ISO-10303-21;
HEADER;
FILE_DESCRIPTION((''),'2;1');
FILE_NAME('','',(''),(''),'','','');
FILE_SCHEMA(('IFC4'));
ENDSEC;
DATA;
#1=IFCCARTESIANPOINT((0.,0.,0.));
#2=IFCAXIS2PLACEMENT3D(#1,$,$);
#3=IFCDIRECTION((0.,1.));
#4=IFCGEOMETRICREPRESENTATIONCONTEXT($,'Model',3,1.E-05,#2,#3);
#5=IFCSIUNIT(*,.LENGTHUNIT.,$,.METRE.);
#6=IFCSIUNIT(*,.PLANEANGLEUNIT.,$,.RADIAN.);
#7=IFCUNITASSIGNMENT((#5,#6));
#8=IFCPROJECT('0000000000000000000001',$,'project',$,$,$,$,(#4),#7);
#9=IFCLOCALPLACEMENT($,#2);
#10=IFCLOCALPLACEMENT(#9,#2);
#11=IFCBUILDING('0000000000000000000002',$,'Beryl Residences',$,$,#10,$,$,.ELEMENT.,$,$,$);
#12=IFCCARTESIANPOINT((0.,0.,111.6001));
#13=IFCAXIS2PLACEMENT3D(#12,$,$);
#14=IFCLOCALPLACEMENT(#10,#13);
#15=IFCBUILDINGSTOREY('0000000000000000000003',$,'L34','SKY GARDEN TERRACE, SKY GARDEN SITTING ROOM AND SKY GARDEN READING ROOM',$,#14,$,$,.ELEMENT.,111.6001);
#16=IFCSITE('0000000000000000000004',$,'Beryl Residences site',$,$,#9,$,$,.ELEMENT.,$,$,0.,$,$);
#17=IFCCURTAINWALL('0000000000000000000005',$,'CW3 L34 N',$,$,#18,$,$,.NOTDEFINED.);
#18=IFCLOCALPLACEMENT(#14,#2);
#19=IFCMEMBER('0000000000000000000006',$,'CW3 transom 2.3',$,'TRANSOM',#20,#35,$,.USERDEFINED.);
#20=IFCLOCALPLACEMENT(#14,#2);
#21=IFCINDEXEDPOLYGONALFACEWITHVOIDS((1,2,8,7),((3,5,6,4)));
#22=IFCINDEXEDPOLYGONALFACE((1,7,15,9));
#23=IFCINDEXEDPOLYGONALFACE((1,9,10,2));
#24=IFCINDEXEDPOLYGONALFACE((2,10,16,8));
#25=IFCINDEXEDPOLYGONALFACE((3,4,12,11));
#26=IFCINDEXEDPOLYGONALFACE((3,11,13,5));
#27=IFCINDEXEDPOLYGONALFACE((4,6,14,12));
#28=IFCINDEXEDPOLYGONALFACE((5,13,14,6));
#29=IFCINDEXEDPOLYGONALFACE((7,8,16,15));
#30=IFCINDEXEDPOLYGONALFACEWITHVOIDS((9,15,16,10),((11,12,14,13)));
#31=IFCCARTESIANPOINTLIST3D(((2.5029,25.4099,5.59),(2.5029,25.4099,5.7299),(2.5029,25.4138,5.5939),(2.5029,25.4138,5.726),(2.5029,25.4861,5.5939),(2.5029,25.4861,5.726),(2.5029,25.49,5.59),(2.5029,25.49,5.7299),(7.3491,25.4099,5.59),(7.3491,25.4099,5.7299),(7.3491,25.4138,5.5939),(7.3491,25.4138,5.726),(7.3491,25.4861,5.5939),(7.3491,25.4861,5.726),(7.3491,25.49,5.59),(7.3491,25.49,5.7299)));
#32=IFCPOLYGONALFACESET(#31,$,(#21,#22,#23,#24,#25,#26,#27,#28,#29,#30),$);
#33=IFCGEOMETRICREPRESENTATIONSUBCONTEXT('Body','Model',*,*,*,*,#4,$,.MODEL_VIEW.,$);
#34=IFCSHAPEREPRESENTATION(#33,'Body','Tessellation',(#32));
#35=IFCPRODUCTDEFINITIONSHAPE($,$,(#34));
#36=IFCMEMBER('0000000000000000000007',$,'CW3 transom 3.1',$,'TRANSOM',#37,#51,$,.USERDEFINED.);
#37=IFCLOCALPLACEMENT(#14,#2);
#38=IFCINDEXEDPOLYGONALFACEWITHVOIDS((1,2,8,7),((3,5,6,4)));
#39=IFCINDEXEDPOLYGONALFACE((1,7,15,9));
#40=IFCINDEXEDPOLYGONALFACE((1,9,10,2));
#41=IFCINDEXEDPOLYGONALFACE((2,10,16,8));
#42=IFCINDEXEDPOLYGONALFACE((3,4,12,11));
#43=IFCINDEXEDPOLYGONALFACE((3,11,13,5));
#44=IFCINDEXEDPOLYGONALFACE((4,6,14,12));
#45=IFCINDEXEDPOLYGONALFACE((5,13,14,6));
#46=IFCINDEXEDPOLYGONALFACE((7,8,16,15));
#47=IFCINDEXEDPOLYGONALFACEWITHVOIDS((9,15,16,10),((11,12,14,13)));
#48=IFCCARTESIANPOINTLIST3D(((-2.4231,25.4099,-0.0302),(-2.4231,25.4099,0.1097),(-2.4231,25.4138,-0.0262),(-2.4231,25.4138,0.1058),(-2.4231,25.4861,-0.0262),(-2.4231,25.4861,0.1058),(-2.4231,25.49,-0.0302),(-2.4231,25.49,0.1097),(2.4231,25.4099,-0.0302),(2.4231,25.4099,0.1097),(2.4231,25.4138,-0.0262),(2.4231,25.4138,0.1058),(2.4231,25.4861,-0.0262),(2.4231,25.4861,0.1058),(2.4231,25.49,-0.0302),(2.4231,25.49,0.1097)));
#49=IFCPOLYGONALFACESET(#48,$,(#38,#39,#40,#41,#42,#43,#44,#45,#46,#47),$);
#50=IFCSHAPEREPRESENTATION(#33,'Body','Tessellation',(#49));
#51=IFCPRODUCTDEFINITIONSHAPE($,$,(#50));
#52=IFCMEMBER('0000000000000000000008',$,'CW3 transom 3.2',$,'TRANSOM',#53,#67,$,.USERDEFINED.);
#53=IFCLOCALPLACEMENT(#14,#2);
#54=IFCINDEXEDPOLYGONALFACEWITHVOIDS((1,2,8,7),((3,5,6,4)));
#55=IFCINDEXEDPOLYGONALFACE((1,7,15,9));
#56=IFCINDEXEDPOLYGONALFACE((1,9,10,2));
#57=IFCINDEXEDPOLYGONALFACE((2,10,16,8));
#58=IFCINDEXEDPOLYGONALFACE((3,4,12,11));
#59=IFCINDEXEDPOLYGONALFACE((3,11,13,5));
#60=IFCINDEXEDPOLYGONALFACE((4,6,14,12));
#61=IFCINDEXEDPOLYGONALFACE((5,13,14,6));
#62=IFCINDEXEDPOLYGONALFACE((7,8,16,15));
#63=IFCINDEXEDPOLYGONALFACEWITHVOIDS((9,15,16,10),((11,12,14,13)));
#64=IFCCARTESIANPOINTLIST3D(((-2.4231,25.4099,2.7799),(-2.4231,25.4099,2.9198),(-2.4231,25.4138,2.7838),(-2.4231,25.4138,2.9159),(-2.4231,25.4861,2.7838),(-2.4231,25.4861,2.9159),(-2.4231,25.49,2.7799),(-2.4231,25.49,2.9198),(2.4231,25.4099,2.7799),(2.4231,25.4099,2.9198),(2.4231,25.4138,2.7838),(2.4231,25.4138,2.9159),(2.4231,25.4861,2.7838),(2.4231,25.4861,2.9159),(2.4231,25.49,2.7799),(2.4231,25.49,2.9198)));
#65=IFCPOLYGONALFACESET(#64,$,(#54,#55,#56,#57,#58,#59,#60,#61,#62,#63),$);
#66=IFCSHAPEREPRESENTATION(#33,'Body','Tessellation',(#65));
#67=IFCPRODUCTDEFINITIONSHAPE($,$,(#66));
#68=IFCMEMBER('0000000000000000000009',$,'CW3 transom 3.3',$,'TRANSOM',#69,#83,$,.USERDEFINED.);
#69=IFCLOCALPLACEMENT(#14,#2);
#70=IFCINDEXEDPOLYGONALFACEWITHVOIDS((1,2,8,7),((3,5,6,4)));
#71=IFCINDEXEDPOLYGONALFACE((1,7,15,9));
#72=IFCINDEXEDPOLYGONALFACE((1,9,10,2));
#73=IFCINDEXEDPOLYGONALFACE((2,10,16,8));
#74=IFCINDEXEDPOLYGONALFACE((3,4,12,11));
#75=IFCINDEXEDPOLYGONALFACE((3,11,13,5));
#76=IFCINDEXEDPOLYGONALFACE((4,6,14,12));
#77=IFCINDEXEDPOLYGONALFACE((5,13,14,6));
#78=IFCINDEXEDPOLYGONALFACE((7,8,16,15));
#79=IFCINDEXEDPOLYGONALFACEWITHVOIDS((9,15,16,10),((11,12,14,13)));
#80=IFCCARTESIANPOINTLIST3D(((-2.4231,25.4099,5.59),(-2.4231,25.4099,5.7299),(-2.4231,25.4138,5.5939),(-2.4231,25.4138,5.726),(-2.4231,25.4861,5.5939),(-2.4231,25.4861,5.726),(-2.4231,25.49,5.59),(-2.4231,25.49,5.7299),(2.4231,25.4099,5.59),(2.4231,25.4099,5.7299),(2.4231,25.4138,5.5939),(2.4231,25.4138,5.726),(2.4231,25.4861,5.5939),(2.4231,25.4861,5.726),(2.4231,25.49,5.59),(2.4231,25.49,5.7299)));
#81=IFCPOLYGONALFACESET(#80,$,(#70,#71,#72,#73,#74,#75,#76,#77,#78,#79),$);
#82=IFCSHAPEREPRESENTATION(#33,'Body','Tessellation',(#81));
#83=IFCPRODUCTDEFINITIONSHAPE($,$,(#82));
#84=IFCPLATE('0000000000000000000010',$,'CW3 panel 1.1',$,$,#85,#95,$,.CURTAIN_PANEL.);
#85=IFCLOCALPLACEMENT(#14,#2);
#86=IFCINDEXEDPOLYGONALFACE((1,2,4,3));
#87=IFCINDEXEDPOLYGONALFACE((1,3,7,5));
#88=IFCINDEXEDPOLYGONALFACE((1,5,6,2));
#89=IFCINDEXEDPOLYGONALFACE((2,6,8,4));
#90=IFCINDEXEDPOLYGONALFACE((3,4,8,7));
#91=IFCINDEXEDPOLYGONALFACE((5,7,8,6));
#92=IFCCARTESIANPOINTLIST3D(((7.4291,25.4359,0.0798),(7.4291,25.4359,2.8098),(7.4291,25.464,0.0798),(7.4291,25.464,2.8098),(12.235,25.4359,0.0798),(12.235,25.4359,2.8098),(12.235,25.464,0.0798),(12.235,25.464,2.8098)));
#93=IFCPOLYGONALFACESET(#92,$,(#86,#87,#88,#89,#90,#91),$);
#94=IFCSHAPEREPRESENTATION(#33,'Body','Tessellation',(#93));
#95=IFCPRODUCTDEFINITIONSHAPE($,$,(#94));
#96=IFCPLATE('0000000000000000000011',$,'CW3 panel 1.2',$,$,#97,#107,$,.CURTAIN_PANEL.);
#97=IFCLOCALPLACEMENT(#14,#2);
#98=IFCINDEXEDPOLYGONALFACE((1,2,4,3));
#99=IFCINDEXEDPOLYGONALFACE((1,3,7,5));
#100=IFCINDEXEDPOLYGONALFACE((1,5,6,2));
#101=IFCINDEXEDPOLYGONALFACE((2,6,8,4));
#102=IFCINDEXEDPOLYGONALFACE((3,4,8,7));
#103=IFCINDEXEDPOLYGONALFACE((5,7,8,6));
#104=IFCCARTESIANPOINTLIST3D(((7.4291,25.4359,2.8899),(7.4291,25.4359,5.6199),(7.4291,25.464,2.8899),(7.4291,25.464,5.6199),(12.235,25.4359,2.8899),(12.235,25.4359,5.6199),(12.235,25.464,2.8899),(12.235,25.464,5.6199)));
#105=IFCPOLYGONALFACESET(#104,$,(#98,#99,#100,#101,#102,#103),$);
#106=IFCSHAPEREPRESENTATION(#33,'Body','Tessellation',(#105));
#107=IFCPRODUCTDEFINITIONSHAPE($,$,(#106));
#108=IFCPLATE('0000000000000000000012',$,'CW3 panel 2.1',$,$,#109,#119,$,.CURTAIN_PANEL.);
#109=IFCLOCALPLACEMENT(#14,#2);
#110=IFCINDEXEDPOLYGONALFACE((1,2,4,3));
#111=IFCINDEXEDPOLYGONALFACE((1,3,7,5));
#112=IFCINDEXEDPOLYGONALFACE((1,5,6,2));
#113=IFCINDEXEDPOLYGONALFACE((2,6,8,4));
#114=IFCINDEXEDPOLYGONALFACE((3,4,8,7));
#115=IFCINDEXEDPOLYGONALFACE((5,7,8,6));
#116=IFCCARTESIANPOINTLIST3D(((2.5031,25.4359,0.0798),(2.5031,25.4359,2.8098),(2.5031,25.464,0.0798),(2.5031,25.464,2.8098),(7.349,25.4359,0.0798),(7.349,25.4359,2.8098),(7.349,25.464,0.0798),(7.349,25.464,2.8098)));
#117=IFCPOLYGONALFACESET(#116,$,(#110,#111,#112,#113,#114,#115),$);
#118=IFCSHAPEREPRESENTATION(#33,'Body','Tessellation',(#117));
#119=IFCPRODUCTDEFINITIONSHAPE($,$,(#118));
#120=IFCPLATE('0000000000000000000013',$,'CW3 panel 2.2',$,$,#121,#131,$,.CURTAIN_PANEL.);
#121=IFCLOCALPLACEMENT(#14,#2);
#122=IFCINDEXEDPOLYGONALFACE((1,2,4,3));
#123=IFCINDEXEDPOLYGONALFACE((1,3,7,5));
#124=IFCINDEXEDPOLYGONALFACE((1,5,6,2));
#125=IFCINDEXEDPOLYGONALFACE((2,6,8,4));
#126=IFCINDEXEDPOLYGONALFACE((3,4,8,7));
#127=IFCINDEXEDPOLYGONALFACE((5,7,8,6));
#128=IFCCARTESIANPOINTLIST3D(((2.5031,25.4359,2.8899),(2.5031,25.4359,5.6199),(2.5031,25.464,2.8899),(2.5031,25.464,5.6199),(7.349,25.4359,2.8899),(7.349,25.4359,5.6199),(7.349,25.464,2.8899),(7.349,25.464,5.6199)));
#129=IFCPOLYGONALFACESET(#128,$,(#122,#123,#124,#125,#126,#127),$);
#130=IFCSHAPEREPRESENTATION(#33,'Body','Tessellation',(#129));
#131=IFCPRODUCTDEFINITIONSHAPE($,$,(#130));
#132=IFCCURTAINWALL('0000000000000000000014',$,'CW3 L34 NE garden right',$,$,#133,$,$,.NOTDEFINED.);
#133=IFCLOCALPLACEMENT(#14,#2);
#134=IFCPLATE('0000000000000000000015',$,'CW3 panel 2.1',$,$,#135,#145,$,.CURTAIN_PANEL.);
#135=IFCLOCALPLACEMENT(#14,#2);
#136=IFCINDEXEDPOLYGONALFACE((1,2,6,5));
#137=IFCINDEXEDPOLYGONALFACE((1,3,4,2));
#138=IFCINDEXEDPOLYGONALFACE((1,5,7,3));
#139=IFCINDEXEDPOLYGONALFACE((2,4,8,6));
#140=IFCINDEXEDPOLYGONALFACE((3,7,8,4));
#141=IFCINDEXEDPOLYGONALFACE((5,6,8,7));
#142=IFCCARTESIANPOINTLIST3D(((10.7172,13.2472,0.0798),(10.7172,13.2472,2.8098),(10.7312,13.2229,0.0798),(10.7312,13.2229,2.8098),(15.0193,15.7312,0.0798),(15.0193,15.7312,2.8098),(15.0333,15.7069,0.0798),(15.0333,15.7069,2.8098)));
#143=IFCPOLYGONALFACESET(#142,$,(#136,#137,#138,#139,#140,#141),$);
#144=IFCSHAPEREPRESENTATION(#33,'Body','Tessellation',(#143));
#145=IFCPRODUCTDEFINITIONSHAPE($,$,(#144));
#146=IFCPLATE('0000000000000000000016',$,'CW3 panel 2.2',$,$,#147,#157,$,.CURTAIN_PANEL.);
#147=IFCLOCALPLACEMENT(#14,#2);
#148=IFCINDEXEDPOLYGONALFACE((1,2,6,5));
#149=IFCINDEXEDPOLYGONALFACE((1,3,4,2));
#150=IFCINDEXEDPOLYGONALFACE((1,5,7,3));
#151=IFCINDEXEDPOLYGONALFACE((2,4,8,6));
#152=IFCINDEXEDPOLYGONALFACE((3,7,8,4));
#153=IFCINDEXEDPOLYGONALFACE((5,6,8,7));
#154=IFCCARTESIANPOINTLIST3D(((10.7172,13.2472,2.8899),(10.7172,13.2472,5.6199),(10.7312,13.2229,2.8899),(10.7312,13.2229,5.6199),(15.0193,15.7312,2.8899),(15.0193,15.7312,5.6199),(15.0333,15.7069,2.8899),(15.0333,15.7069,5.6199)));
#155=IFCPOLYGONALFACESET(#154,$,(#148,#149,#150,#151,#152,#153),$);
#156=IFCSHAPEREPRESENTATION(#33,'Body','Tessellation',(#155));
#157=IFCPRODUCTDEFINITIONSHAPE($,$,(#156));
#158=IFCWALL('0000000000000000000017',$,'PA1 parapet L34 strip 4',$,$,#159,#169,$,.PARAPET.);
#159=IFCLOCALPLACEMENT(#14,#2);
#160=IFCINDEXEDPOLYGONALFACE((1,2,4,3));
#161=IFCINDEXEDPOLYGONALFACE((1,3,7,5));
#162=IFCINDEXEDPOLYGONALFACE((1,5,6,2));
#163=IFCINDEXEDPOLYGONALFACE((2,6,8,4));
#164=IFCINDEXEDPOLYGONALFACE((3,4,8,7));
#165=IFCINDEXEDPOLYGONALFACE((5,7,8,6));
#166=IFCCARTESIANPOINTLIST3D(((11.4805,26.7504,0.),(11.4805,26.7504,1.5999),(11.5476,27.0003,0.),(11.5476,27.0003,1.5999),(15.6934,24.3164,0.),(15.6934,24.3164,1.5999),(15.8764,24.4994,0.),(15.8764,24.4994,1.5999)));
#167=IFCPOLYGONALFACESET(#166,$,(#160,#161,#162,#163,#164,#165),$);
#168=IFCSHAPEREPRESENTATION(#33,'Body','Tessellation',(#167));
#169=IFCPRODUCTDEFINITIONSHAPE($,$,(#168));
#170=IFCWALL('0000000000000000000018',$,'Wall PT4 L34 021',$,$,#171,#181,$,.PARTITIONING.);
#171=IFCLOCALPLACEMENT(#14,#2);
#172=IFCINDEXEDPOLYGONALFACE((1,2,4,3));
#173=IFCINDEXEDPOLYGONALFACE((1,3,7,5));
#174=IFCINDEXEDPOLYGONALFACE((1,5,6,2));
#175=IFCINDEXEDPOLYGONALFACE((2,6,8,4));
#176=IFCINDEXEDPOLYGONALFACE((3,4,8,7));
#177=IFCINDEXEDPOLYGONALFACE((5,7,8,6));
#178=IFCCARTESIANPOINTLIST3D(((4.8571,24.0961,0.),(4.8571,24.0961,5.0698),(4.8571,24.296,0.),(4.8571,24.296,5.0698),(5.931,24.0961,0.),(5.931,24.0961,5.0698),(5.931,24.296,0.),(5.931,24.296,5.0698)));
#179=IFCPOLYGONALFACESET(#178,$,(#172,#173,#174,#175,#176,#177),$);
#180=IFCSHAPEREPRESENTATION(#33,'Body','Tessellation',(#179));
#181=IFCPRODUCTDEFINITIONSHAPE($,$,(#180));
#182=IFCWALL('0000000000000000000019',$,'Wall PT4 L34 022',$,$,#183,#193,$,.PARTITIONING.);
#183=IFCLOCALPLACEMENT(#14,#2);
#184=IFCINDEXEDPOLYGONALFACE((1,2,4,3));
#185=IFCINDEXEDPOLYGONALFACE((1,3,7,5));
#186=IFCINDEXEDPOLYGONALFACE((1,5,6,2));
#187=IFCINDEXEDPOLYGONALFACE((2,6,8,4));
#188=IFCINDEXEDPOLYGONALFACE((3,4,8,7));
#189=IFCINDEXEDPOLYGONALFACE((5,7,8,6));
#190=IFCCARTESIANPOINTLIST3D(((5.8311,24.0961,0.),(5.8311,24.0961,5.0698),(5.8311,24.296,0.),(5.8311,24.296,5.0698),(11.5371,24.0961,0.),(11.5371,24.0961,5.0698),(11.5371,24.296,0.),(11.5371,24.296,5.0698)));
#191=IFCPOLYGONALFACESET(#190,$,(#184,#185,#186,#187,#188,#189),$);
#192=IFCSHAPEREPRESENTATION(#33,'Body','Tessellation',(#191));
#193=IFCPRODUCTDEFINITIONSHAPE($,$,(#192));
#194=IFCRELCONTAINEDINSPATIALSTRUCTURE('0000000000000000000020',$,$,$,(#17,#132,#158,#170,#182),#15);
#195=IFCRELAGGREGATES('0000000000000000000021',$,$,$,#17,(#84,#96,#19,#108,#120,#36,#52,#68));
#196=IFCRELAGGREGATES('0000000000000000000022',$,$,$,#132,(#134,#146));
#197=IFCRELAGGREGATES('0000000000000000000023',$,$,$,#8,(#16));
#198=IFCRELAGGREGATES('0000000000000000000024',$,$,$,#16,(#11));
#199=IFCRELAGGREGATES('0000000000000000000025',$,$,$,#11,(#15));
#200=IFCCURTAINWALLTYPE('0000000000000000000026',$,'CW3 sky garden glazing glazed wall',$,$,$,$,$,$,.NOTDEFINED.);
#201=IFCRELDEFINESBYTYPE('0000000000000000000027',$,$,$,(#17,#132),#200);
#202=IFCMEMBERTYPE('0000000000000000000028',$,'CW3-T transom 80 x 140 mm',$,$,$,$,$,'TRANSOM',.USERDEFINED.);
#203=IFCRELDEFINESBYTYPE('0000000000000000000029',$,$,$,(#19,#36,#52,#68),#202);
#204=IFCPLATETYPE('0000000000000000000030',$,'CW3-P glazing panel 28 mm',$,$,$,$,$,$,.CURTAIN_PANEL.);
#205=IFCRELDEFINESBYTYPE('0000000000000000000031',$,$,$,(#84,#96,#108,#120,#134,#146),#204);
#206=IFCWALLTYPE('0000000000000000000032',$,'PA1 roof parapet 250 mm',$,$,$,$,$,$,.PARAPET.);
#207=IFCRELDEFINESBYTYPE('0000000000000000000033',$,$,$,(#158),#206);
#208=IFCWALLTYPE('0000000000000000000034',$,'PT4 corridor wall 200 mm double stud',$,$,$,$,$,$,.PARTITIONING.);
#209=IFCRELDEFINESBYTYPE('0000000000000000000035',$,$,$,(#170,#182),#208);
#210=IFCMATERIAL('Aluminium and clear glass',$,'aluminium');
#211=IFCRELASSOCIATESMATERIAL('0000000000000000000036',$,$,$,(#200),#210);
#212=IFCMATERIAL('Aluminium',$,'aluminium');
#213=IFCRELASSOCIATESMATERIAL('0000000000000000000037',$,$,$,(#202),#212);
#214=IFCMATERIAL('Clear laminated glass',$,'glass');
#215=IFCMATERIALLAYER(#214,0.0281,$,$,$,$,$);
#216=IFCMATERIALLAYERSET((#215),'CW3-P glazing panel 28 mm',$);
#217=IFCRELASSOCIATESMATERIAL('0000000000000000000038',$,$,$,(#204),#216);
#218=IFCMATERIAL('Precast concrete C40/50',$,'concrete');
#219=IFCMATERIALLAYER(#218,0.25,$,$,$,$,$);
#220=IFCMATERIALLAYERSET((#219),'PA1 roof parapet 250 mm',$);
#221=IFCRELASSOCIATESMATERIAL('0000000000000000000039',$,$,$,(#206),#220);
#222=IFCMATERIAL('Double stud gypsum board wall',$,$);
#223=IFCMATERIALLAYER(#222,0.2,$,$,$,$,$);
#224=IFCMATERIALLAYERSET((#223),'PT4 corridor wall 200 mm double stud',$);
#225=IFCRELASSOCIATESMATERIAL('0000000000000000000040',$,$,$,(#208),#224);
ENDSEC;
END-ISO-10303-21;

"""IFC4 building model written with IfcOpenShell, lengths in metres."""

from ifc_helpers import new_model, si_unit, direction, frame, frame_2d, origin, origin_2d, place, context, subcontext, project, spatial, polyline, rectangle, hollow_rectangle, outline, extrude, material, layer, layer_set, material_profile, profile_set, type_object, element, aggregate, save


model = new_model("IFC4")

# Units and contexts
model_context = context("Model", 3, precision=1e-05, world=origin(), true_north=direction((0.0, 1.0)))
body_context = subcontext(model_context, "Body", "Model", "MODEL_VIEW")
ifc_project = project(units=[si_unit("LENGTHUNIT", "METRE"), si_unit("PLANEANGLEUNIT", "RADIAN")], contexts=[model_context])

# Site, building, storey
site_placement = place(None, origin())
site = spatial("IfcSite", under=ifc_project, at=site_placement, Name="Beryl Residences site", CompositionType="ELEMENT", RefElevation=0.0)
building_placement = place(site_placement, origin())
building = spatial("IfcBuilding", under=site, at=building_placement, Name="Beryl Residences", CompositionType="ELEMENT")
storey_placement = place(building_placement, frame((0.0, 0.0, 111.6001)))
storey = spatial("IfcBuildingStorey", under=building, at=storey_placement, Name="L34", Description="SKY GARDEN TERRACE, SKY GARDEN SITTING ROOM AND SKY GARDEN READING ROOM", CompositionType="ELEMENT", Elevation=111.6001)

# Curtain wall, members, plates
ifc_material_1 = material(Name="Aluminium and clear glass", Category="aluminium")
curtain_wall_type = type_object("IfcCurtainWallType", Name="CW3 sky garden glazing glazed wall", PredefinedType="NOTDEFINED", material=ifc_material_1)
curtain_wall_1_placement = place(storey_placement, origin())
curtain_wall_1 = element("IfcCurtainWall", 1, at=curtain_wall_1_placement, inside=storey, type_object=curtain_wall_type, Name="CW3 L34 N", PredefinedType="NOTDEFINED")
ifc_material_2 = material(Name="Aluminium", Category="aluminium")
ifc_material_profile_1 = material_profile(ifc_material_2, hollow_rectangle(XDim=0.0801, YDim=0.1399, WallThickness=0.0039, at=origin_2d()))
ifc_profile_set_1 = profile_set([ifc_material_profile_1], Name="Aluminium")
member_type_1 = type_object("IfcMemberType", Name="CW3-T transom 80 x 140 mm", ElementType="TRANSOM", PredefinedType="USERDEFINED", material=ifc_profile_set_1)
member_1_placement = place(storey_placement, frame((7.3491, 25.45, 5.6599), z_axis=(-1.0, 0.0, 0.0), x_axis=(0.0, -1.0, 0.0)))
member_1 = element("IfcMember", 2, at=member_1_placement, type_object=member_type_1, Name="CW3 transom 2.3", ObjectType="TRANSOM", PredefinedType="USERDEFINED", context=body_context, shape_type="SweptSolid", body=[
    extrude(hollow_rectangle(XDim=0.0801, YDim=0.1399, WallThickness=0.0039, at=origin_2d()), origin(), (0.0, 0.0, 1.0), 4.8462),
])
member_2_placement = place(storey_placement, frame((2.4231, 25.45, 0.0398), z_axis=(-1.0, 0.0, 0.0), x_axis=(0.0, -1.0, 0.0)))
member_2 = element("IfcMember", 3, at=member_2_placement, type_object=member_type_1, Name="CW3 transom 3.1", ObjectType="TRANSOM", PredefinedType="USERDEFINED", context=body_context, shape_type="SweptSolid", body=[
    extrude(hollow_rectangle(XDim=0.0801, YDim=0.1399, WallThickness=0.0039, at=origin_2d()), origin(), (0.0, 0.0, 1.0), 4.8462),
])
member_3_placement = place(storey_placement, frame((2.4231, 25.45, 2.8499), z_axis=(-1.0, 0.0, 0.0), x_axis=(0.0, -1.0, 0.0)))
member_3 = element("IfcMember", 4, at=member_3_placement, type_object=member_type_1, Name="CW3 transom 3.2", ObjectType="TRANSOM", PredefinedType="USERDEFINED", context=body_context, shape_type="SweptSolid", body=[
    extrude(hollow_rectangle(XDim=0.0801, YDim=0.1399, WallThickness=0.0039, at=origin_2d()), origin(), (0.0, 0.0, 1.0), 4.8462),
])
member_4_placement = place(storey_placement, frame((2.4231, 25.45, 5.6599), z_axis=(-1.0, 0.0, 0.0), x_axis=(0.0, -1.0, 0.0)))
member_4 = element("IfcMember", 5, at=member_4_placement, type_object=member_type_1, Name="CW3 transom 3.3", ObjectType="TRANSOM", PredefinedType="USERDEFINED", context=body_context, shape_type="SweptSolid", body=[
    extrude(hollow_rectangle(XDim=0.0801, YDim=0.1399, WallThickness=0.0039, at=origin_2d()), origin(), (0.0, 0.0, 1.0), 4.8462),
])
ifc_material_3 = material(Name="Clear laminated glass", Category="glass")
ifc_layer_1 = layer(ifc_material_3, 0.0281)
ifc_layer_set_1 = layer_set([ifc_layer_1], Name="CW3-P glazing panel 28 mm")
plate_type = type_object("IfcPlateType", Name="CW3-P glazing panel 28 mm", PredefinedType="CURTAIN_PANEL", material=ifc_layer_set_1)
plate_1_placement = place(storey_placement, frame((9.832, 25.45, 0.0798), z_axis=(0.0, 0.0, 1.0), x_axis=(-1.0, 0.0, 0.0)))
plate_1 = element("IfcPlate", 6, at=plate_1_placement, type_object=plate_type, Name="CW3 panel 1.1", PredefinedType="CURTAIN_PANEL", context=body_context, shape_type="SweptSolid", body=[
    extrude(rectangle(XDim=4.8059, YDim=0.0281, at=origin_2d()), origin(), (0.0, 0.0, 1.0), 2.73),
])
plate_2_placement = place(storey_placement, frame((9.832, 25.45, 2.8899), z_axis=(0.0, 0.0, 1.0), x_axis=(-1.0, 0.0, 0.0)))
plate_2 = element("IfcPlate", 7, at=plate_2_placement, type_object=plate_type, Name="CW3 panel 1.2", PredefinedType="CURTAIN_PANEL", context=body_context, shape_type="SweptSolid", body=[
    extrude(rectangle(XDim=4.8059, YDim=0.0281, at=origin_2d()), origin(), (0.0, 0.0, 1.0), 2.73),
])
plate_3_placement = place(storey_placement, frame((4.926, 25.45, 0.0798), z_axis=(0.0, 0.0, 1.0), x_axis=(-1.0, 0.0, 0.0)))
plate_3 = element("IfcPlate", 8, at=plate_3_placement, type_object=plate_type, Name="CW3 panel 2.1", PredefinedType="CURTAIN_PANEL", context=body_context, shape_type="SweptSolid", body=[
    extrude(rectangle(XDim=4.8459, YDim=0.0281, at=origin_2d()), origin(), (0.0, 0.0, 1.0), 2.73),
])
plate_4_placement = place(storey_placement, frame((4.926, 25.45, 2.8899), z_axis=(0.0, 0.0, 1.0), x_axis=(-1.0, 0.0, 0.0)))
plate_4 = element("IfcPlate", 9, at=plate_4_placement, type_object=plate_type, Name="CW3 panel 2.2", PredefinedType="CURTAIN_PANEL", context=body_context, shape_type="SweptSolid", body=[
    extrude(rectangle(XDim=4.8459, YDim=0.0281, at=origin_2d()), origin(), (0.0, 0.0, 1.0), 2.73),
])
aggregate(curtain_wall_1, [plate_1, plate_2, member_1, plate_3, plate_4, member_2, member_3, member_4])

# Curtain wall, plates
curtain_wall_2_placement = place(storey_placement, origin())
curtain_wall_2 = element("IfcCurtainWall", 10, at=curtain_wall_2_placement, inside=storey, type_object=curtain_wall_type, Name="CW3 L34 NE garden right", PredefinedType="NOTDEFINED")
plate_5_placement = place(storey_placement, frame((12.8752, 14.4771, 0.0798), z_axis=(0.0, 0.0, 1.0), x_axis=(-0.866009, -0.500029, 0.0)))
plate_5 = element("IfcPlate", 11, at=plate_5_placement, type_object=plate_type, Name="CW3 panel 2.1", PredefinedType="CURTAIN_PANEL", context=body_context, shape_type="SweptSolid", body=[
    extrude(rectangle(XDim=4.9678, YDim=0.0281, at=origin_2d()), origin(), (0.0, 0.0, 1.0), 2.73),
])
plate_6_placement = place(storey_placement, frame((12.8752, 14.4771, 2.8899), z_axis=(0.0, 0.0, 1.0), x_axis=(-0.866009, -0.500029, 0.0)))
plate_6 = element("IfcPlate", 12, at=plate_6_placement, type_object=plate_type, Name="CW3 panel 2.2", PredefinedType="CURTAIN_PANEL", context=body_context, shape_type="SweptSolid", body=[
    extrude(rectangle(XDim=4.9678, YDim=0.0281, at=origin_2d()), origin(), (0.0, 0.0, 1.0), 2.73),
])
aggregate(curtain_wall_2, [plate_5, plate_6])

# Walls
ifc_material_4 = material(Name="Precast concrete C40/50", Category="concrete")
ifc_layer_2 = layer(ifc_material_4, 0.25)
ifc_layer_set_2 = layer_set([ifc_layer_2], Name="PA1 roof parapet 250 mm")
wall_type_1 = type_object("IfcWallType", Name="PA1 roof parapet 250 mm", PredefinedType="PARAPET", material=ifc_layer_set_2)
wall_1_placement = place(storey_placement, frame((11.4851, 26.8921, 0.0), z_axis=(0.0, 0.0, 1.0), x_axis=(0.865877, -0.500256, 0.0)))
element("IfcWall", 13, at=wall_1_placement, inside=storey, type_object=wall_type_1, Name="PA1 parapet L34 strip 4", PredefinedType="PARAPET", context=body_context, shape_type="SweptSolid", body=[
    extrude(outline(polyline([(0.0669, -0.125), (4.9324, -0.125), (4.9993, 0.125), (0.0, 0.125), (0.0669, -0.125)])), origin(), (0.0, 0.0, 1.0), 1.5999),
])
ifc_material_5 = material(Name="Double stud gypsum board wall")
ifc_layer_3 = layer(ifc_material_5, 0.2)
ifc_layer_set_3 = layer_set([ifc_layer_3], Name="PT4 corridor wall 200 mm double stud")
wall_type_2 = type_object("IfcWallType", Name="PT4 corridor wall 200 mm double stud", PredefinedType="PARTITIONING", material=ifc_layer_set_3)
wall_2_placement = place(storey_placement, frame((4.8569, 24.196, 0.0), z_axis=(0.0, 0.0, 1.0), x_axis=(1.0, 0.0, 0.0)))
element("IfcWall", 14, at=wall_2_placement, inside=storey, type_object=wall_type_2, Name="Wall PT4 L34 021", PredefinedType="PARTITIONING", context=body_context, shape_type="SweptSolid", body=[
    extrude(rectangle(XDim=1.074, YDim=0.2, at=frame_2d((0.5371, 0.0))), origin(), (0.0, 0.0, 1.0), 5.0698),
])
wall_3_placement = place(storey_placement, frame((5.8311, 24.196, 0.0), z_axis=(0.0, 0.0, 1.0), x_axis=(1.0, 0.0, 0.0)))
element("IfcWall", 15, at=wall_3_placement, inside=storey, type_object=wall_type_2, Name="Wall PT4 L34 022", PredefinedType="PARTITIONING", context=body_context, shape_type="SweptSolid", body=[
    extrude(rectangle(XDim=5.7061, YDim=0.2, at=frame_2d((2.853, 0.0))), origin(), (0.0, 0.0, 1.0), 5.0698),
])

save(model, "model.ifc")
